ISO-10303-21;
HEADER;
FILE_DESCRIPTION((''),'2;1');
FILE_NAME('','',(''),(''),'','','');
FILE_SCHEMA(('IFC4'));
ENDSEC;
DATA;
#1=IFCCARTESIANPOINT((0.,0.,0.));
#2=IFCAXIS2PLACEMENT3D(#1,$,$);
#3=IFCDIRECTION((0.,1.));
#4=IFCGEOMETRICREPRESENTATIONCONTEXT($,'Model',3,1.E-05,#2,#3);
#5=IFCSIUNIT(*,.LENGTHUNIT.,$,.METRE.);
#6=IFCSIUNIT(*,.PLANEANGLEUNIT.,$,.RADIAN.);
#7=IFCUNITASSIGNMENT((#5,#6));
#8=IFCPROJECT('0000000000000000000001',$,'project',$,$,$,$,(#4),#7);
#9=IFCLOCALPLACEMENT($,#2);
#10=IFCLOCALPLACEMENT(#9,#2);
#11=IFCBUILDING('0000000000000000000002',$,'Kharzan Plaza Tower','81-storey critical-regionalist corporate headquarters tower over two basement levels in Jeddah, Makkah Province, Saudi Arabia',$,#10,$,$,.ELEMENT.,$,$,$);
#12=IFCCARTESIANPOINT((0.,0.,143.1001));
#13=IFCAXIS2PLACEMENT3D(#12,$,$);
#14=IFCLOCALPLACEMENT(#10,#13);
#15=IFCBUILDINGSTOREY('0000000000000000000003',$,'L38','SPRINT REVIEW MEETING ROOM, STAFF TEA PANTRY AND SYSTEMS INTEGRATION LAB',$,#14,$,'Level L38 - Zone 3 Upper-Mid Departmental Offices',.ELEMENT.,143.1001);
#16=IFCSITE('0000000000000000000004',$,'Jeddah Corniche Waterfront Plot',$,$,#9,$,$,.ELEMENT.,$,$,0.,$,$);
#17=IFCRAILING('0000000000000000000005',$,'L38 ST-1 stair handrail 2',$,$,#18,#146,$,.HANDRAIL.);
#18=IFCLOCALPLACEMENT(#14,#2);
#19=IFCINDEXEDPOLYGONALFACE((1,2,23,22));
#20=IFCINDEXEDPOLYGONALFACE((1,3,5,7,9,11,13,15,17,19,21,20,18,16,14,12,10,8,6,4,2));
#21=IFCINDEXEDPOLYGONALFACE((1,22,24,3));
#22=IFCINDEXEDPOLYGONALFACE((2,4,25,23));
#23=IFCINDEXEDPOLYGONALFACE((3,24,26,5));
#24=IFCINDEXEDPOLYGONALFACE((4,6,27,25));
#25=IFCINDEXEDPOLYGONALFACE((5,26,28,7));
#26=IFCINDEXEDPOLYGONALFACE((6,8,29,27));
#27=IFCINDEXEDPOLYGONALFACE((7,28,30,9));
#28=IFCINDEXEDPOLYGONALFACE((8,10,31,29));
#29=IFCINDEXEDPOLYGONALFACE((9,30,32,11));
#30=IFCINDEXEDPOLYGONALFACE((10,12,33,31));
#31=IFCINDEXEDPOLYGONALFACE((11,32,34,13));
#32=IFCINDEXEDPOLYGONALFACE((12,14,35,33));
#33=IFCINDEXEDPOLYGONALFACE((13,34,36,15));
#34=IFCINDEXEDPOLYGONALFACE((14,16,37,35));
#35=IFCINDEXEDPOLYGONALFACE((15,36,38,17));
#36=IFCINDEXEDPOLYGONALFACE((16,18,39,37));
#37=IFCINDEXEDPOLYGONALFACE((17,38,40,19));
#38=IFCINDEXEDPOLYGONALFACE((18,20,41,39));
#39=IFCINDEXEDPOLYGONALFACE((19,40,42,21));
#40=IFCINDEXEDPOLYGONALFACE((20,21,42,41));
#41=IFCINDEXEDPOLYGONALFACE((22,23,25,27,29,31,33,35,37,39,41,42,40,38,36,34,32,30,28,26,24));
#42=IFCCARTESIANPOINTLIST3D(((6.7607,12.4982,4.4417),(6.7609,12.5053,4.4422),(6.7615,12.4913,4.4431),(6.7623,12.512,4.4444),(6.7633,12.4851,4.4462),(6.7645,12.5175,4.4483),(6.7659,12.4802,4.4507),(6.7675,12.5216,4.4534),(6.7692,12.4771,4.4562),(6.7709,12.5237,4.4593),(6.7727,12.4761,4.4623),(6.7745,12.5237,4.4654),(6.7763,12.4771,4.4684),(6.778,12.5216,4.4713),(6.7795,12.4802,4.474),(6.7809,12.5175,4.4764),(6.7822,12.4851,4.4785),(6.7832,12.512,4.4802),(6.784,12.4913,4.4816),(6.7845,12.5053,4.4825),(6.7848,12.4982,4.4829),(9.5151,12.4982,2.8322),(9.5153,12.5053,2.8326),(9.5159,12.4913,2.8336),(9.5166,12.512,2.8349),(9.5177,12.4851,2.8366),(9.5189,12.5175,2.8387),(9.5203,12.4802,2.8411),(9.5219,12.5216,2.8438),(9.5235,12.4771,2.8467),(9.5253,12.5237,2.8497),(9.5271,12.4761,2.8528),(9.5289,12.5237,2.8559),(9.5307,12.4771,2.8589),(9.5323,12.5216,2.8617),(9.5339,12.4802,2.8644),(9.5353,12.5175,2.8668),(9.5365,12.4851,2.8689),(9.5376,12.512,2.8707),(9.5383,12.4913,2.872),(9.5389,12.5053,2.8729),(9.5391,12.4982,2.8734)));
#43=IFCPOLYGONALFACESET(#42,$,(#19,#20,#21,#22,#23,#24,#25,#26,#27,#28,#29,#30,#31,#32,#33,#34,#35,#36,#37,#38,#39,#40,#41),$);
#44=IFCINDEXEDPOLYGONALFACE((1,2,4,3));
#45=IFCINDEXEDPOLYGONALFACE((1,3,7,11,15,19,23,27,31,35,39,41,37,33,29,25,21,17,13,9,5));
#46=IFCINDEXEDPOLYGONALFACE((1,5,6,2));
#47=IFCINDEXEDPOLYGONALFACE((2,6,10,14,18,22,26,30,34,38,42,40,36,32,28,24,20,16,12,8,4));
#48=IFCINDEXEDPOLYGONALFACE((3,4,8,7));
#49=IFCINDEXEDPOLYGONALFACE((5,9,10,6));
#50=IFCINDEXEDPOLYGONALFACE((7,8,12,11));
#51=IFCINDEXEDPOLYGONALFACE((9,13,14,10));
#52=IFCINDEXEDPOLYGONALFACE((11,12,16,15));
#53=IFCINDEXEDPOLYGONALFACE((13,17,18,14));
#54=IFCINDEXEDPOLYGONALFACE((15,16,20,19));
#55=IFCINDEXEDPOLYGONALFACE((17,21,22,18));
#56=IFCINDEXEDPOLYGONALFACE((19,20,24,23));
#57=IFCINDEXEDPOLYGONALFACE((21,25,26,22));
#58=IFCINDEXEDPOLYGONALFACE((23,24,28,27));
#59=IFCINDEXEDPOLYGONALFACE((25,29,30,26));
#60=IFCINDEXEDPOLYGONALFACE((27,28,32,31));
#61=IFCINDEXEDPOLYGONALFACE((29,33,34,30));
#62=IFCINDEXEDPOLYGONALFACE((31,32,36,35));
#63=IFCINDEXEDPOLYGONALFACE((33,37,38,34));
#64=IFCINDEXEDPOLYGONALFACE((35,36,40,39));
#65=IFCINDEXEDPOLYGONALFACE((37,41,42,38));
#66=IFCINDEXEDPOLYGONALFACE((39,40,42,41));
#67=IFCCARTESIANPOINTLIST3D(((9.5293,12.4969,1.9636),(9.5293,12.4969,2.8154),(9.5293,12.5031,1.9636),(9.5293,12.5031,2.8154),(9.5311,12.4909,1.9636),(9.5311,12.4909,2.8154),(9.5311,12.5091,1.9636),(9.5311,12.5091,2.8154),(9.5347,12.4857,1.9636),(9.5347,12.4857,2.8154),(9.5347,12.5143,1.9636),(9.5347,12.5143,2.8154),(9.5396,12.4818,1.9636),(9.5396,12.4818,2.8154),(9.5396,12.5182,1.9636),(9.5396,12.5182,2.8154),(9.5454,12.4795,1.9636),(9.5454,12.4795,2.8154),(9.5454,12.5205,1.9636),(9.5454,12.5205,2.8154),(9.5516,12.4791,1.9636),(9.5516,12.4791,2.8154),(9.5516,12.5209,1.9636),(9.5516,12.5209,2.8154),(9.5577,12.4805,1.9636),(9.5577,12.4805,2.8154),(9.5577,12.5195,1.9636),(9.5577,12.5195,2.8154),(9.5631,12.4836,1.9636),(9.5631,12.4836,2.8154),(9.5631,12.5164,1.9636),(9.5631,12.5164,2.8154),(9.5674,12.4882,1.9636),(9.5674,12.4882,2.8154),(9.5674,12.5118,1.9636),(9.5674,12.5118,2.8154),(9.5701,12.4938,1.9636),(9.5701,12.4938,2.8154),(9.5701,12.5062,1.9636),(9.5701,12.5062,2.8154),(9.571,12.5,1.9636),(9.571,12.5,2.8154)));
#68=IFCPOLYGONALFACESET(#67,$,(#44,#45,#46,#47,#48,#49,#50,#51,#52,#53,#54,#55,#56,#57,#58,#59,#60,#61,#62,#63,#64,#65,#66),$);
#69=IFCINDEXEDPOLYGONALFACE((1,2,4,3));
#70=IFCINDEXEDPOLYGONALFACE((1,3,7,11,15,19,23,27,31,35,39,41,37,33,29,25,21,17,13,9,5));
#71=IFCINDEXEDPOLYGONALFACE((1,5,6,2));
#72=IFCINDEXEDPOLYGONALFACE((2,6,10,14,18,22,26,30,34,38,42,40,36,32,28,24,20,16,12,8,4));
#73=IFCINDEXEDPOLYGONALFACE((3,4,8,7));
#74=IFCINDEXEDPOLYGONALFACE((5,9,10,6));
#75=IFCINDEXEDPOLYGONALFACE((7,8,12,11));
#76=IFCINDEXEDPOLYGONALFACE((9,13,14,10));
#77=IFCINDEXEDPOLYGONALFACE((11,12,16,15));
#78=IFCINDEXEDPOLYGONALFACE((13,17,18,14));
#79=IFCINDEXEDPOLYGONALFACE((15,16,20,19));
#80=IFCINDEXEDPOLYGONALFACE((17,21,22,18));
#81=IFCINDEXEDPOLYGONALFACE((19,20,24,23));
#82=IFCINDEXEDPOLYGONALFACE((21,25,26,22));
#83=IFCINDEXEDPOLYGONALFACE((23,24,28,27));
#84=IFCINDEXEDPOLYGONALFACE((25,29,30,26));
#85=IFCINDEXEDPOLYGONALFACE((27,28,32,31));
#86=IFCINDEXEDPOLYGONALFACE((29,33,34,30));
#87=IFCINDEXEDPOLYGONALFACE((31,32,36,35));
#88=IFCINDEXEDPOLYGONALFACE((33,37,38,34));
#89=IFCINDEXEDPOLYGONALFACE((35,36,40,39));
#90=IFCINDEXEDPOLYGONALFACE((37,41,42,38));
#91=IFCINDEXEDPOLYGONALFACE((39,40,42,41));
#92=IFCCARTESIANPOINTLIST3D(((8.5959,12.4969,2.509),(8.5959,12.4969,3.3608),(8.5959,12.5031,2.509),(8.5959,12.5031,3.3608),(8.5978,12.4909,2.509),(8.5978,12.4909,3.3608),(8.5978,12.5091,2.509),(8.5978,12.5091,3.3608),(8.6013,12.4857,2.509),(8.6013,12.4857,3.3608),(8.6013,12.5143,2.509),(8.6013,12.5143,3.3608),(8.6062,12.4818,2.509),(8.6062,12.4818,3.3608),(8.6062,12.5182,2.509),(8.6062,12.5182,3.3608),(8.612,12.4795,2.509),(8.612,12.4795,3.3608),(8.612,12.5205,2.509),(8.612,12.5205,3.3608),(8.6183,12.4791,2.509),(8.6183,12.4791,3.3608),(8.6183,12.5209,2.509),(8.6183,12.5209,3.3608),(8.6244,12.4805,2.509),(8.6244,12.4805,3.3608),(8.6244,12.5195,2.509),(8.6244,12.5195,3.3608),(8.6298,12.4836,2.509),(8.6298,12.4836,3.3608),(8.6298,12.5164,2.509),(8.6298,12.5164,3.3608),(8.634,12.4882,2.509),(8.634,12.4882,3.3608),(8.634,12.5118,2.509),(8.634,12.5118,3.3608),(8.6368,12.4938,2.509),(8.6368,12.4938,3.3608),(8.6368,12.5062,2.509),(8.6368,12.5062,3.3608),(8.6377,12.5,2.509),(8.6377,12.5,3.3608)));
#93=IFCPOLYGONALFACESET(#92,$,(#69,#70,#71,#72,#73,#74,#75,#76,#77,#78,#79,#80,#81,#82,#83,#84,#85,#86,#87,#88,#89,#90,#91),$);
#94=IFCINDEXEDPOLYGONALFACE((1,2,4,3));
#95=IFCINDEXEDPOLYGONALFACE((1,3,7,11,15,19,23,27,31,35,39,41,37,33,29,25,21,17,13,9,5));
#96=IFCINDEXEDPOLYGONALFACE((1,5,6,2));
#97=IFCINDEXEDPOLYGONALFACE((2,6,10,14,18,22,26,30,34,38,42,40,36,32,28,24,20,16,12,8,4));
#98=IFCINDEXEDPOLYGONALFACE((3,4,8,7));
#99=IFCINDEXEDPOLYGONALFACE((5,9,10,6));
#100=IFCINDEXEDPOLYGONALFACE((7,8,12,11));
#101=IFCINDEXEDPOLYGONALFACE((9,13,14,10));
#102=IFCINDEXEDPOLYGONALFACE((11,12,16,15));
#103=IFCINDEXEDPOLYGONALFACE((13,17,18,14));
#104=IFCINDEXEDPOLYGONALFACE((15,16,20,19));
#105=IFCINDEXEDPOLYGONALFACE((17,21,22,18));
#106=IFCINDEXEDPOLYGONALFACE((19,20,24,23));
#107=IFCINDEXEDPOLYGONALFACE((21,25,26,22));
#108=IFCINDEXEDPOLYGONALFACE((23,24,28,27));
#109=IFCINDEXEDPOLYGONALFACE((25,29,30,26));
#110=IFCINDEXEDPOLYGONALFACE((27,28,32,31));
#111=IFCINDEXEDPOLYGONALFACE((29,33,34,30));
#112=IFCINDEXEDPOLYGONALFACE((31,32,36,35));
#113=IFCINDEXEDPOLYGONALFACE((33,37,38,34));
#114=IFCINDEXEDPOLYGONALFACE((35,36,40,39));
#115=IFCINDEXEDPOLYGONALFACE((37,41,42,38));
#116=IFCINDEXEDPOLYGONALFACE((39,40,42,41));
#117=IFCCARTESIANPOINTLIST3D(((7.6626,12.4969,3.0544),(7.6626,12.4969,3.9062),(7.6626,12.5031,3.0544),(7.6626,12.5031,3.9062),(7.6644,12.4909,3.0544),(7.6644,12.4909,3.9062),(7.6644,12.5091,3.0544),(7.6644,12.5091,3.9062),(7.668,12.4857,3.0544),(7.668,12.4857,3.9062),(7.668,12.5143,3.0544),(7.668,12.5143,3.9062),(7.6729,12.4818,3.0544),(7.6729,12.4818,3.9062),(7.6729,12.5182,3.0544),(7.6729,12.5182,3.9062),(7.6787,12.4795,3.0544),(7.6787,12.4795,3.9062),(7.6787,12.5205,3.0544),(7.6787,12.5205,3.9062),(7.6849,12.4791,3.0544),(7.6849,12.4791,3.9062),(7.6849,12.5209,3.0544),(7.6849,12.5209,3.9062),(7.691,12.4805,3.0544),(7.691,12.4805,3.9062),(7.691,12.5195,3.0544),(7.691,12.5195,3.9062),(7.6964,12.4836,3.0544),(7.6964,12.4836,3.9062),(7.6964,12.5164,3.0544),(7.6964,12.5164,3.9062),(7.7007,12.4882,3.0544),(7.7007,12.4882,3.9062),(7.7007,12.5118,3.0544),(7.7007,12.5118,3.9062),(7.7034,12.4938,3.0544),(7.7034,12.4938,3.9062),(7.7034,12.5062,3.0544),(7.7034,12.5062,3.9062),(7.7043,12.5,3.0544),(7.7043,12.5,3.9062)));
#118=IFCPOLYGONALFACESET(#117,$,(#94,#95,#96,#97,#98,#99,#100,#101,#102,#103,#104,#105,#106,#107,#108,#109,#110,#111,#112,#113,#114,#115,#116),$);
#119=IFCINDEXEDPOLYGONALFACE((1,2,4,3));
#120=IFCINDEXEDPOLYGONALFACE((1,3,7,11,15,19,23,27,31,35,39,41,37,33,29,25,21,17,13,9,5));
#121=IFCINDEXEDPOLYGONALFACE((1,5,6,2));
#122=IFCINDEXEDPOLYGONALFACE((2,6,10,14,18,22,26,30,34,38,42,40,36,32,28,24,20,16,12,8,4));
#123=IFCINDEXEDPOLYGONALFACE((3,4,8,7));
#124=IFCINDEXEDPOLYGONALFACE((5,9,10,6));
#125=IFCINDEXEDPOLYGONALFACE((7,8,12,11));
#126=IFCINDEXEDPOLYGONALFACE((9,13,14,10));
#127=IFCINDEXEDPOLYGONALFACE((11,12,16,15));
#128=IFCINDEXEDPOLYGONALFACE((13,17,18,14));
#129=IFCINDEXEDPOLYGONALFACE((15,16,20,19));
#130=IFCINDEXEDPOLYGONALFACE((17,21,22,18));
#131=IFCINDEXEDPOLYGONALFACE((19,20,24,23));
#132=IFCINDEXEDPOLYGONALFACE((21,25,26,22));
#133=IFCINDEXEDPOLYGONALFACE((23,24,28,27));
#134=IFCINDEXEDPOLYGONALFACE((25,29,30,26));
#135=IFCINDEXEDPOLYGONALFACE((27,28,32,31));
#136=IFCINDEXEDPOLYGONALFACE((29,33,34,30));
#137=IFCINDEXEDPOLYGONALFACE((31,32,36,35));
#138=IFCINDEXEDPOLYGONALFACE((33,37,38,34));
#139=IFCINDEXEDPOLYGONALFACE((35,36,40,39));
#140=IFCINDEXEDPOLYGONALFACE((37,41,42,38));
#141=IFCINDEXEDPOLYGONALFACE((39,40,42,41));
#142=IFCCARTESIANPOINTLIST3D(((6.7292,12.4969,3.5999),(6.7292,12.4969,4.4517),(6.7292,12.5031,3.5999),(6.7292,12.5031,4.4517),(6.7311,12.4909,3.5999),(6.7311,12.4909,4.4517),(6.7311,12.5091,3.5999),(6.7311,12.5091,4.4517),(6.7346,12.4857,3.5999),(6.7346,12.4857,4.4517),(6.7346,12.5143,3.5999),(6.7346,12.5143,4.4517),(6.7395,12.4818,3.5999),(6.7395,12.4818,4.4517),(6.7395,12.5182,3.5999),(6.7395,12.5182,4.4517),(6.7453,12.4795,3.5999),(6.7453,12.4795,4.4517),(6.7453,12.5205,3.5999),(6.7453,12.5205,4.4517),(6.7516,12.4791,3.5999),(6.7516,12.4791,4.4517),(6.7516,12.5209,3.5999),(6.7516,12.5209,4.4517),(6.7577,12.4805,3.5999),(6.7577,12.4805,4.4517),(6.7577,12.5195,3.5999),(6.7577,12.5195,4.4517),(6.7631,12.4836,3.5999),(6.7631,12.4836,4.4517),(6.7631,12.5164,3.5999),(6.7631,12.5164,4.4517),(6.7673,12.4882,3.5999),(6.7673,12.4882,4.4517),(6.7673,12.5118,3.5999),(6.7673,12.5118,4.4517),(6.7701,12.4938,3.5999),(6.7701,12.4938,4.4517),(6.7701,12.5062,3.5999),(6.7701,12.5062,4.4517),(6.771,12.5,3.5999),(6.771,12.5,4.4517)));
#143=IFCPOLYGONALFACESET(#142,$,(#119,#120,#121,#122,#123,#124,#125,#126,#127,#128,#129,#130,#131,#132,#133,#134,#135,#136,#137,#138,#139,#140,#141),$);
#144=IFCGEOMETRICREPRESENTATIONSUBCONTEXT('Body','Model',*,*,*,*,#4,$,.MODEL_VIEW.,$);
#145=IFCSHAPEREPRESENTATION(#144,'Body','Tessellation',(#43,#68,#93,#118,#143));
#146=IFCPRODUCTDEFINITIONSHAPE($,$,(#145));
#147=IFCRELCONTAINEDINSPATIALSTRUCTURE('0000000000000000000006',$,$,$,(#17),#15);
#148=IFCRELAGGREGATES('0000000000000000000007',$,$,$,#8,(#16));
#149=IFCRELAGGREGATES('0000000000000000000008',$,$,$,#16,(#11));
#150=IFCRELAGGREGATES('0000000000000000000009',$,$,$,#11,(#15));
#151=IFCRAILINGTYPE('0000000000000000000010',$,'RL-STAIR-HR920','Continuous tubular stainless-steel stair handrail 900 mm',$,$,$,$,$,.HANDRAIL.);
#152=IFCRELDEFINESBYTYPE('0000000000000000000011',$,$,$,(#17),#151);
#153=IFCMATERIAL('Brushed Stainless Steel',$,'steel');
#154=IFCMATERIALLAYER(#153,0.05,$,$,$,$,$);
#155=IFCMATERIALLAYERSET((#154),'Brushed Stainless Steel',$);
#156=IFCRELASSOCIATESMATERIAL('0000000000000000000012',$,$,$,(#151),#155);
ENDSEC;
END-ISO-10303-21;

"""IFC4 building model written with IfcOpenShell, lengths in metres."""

from ifc_helpers import new_model, si_unit, direction, frame, origin, origin_2d, place, context, subcontext, project, spatial, circle, extrude, source, transform, mapped, material, layer, layer_set, type_object, element, save


model = new_model("IFC4")

# Units and contexts
model_context = context("Model", 3, precision=1e-05, world=origin(), true_north=direction((0.0, 1.0)))
body_context = subcontext(model_context, "Body", "Model", "MODEL_VIEW")
ifc_project = project(units=[si_unit("LENGTHUNIT", "METRE"), si_unit("PLANEANGLEUNIT", "RADIAN")], contexts=[model_context])

# Site, building, storey
site_placement = place(None, origin())
site = spatial("IfcSite", under=ifc_project, at=site_placement, Name="Jeddah Corniche Waterfront Plot", CompositionType="ELEMENT", RefElevation=0.0)
building_placement = place(site_placement, origin())
building = spatial("IfcBuilding", under=site, at=building_placement, Name="Kharzan Plaza Tower", Description="81-storey critical-regionalist corporate headquarters tower over two basement levels in Jeddah, Makkah Province, Saudi Arabia", CompositionType="ELEMENT")
storey_placement = place(building_placement, frame((0.0, 0.0, 143.1001)))
storey = spatial("IfcBuildingStorey", under=building, at=storey_placement, Name="L38", Description="SPRINT REVIEW MEETING ROOM, STAFF TEA PANTRY AND SYSTEMS INTEGRATION LAB", LongName="Level L38 - Zone 3 Upper-Mid Departmental Offices", CompositionType="ELEMENT", Elevation=143.1001)

# Shared definitions
ifc_material_1 = material(Name="Brushed Stainless Steel", Category="steel")

# Railing
ifc_layer_1 = layer(ifc_material_1, 0.05)
ifc_layer_set_1 = layer_set([ifc_layer_1], Name="Brushed Stainless Steel")
railing_type_1 = type_object("IfcRailingType", Name="RL-STAIR-HR920", Description="Continuous tubular stainless-steel stair handrail 900 mm", PredefinedType="HANDRAIL", material=ifc_layer_set_1)
shared_shape_1 = source(origin(), body_context, "Body", "SweptSolid", [
    extrude(circle(Radius=0.0239, at=origin_2d()), frame((-0.0229, 0.0, 0.8892), z_axis=(-0.863394, 0.0, 0.504531), x_axis=(0.0, -1.0, 0.0)), (0.0, 0.0, 1.0), 3.1902),
    extrude(circle(Radius=0.021, at=origin_2d()), origin(), (0.0, 0.0, 1.0), 0.8518),
    extrude(circle(Radius=0.021, at=origin_2d()), frame((-0.9333, 0.0, 0.5454)), (0.0, 0.0, 1.0), 0.8518),
    extrude(circle(Radius=0.021, at=origin_2d()), frame((-1.8667, 0.0, 1.0908)), (0.0, 0.0, 1.0), 0.8518),
    extrude(circle(Radius=0.021, at=origin_2d()), frame((-2.8, 0.0, 1.6362)), (0.0, 0.0, 1.0), 0.8518),
])
railing_1_placement = place(storey_placement, frame((9.55, 12.5, 1.9636)))
element("IfcRailing", 1, at=railing_1_placement, inside=storey, type_object=railing_type_1, Name="L38 ST-1 stair handrail 2", PredefinedType="HANDRAIL", context=body_context, shape_type="MappedRepresentation", body=[
    mapped(shared_shape_1, transform((0.0, 0.0, 0.0), x_axis=(1.0, 0.0, 0.0), y_axis=(0.0, 1.0, 0.0), z_axis=(0.0, 0.0, 1.0))),
])

save(model, "model.ifc")
